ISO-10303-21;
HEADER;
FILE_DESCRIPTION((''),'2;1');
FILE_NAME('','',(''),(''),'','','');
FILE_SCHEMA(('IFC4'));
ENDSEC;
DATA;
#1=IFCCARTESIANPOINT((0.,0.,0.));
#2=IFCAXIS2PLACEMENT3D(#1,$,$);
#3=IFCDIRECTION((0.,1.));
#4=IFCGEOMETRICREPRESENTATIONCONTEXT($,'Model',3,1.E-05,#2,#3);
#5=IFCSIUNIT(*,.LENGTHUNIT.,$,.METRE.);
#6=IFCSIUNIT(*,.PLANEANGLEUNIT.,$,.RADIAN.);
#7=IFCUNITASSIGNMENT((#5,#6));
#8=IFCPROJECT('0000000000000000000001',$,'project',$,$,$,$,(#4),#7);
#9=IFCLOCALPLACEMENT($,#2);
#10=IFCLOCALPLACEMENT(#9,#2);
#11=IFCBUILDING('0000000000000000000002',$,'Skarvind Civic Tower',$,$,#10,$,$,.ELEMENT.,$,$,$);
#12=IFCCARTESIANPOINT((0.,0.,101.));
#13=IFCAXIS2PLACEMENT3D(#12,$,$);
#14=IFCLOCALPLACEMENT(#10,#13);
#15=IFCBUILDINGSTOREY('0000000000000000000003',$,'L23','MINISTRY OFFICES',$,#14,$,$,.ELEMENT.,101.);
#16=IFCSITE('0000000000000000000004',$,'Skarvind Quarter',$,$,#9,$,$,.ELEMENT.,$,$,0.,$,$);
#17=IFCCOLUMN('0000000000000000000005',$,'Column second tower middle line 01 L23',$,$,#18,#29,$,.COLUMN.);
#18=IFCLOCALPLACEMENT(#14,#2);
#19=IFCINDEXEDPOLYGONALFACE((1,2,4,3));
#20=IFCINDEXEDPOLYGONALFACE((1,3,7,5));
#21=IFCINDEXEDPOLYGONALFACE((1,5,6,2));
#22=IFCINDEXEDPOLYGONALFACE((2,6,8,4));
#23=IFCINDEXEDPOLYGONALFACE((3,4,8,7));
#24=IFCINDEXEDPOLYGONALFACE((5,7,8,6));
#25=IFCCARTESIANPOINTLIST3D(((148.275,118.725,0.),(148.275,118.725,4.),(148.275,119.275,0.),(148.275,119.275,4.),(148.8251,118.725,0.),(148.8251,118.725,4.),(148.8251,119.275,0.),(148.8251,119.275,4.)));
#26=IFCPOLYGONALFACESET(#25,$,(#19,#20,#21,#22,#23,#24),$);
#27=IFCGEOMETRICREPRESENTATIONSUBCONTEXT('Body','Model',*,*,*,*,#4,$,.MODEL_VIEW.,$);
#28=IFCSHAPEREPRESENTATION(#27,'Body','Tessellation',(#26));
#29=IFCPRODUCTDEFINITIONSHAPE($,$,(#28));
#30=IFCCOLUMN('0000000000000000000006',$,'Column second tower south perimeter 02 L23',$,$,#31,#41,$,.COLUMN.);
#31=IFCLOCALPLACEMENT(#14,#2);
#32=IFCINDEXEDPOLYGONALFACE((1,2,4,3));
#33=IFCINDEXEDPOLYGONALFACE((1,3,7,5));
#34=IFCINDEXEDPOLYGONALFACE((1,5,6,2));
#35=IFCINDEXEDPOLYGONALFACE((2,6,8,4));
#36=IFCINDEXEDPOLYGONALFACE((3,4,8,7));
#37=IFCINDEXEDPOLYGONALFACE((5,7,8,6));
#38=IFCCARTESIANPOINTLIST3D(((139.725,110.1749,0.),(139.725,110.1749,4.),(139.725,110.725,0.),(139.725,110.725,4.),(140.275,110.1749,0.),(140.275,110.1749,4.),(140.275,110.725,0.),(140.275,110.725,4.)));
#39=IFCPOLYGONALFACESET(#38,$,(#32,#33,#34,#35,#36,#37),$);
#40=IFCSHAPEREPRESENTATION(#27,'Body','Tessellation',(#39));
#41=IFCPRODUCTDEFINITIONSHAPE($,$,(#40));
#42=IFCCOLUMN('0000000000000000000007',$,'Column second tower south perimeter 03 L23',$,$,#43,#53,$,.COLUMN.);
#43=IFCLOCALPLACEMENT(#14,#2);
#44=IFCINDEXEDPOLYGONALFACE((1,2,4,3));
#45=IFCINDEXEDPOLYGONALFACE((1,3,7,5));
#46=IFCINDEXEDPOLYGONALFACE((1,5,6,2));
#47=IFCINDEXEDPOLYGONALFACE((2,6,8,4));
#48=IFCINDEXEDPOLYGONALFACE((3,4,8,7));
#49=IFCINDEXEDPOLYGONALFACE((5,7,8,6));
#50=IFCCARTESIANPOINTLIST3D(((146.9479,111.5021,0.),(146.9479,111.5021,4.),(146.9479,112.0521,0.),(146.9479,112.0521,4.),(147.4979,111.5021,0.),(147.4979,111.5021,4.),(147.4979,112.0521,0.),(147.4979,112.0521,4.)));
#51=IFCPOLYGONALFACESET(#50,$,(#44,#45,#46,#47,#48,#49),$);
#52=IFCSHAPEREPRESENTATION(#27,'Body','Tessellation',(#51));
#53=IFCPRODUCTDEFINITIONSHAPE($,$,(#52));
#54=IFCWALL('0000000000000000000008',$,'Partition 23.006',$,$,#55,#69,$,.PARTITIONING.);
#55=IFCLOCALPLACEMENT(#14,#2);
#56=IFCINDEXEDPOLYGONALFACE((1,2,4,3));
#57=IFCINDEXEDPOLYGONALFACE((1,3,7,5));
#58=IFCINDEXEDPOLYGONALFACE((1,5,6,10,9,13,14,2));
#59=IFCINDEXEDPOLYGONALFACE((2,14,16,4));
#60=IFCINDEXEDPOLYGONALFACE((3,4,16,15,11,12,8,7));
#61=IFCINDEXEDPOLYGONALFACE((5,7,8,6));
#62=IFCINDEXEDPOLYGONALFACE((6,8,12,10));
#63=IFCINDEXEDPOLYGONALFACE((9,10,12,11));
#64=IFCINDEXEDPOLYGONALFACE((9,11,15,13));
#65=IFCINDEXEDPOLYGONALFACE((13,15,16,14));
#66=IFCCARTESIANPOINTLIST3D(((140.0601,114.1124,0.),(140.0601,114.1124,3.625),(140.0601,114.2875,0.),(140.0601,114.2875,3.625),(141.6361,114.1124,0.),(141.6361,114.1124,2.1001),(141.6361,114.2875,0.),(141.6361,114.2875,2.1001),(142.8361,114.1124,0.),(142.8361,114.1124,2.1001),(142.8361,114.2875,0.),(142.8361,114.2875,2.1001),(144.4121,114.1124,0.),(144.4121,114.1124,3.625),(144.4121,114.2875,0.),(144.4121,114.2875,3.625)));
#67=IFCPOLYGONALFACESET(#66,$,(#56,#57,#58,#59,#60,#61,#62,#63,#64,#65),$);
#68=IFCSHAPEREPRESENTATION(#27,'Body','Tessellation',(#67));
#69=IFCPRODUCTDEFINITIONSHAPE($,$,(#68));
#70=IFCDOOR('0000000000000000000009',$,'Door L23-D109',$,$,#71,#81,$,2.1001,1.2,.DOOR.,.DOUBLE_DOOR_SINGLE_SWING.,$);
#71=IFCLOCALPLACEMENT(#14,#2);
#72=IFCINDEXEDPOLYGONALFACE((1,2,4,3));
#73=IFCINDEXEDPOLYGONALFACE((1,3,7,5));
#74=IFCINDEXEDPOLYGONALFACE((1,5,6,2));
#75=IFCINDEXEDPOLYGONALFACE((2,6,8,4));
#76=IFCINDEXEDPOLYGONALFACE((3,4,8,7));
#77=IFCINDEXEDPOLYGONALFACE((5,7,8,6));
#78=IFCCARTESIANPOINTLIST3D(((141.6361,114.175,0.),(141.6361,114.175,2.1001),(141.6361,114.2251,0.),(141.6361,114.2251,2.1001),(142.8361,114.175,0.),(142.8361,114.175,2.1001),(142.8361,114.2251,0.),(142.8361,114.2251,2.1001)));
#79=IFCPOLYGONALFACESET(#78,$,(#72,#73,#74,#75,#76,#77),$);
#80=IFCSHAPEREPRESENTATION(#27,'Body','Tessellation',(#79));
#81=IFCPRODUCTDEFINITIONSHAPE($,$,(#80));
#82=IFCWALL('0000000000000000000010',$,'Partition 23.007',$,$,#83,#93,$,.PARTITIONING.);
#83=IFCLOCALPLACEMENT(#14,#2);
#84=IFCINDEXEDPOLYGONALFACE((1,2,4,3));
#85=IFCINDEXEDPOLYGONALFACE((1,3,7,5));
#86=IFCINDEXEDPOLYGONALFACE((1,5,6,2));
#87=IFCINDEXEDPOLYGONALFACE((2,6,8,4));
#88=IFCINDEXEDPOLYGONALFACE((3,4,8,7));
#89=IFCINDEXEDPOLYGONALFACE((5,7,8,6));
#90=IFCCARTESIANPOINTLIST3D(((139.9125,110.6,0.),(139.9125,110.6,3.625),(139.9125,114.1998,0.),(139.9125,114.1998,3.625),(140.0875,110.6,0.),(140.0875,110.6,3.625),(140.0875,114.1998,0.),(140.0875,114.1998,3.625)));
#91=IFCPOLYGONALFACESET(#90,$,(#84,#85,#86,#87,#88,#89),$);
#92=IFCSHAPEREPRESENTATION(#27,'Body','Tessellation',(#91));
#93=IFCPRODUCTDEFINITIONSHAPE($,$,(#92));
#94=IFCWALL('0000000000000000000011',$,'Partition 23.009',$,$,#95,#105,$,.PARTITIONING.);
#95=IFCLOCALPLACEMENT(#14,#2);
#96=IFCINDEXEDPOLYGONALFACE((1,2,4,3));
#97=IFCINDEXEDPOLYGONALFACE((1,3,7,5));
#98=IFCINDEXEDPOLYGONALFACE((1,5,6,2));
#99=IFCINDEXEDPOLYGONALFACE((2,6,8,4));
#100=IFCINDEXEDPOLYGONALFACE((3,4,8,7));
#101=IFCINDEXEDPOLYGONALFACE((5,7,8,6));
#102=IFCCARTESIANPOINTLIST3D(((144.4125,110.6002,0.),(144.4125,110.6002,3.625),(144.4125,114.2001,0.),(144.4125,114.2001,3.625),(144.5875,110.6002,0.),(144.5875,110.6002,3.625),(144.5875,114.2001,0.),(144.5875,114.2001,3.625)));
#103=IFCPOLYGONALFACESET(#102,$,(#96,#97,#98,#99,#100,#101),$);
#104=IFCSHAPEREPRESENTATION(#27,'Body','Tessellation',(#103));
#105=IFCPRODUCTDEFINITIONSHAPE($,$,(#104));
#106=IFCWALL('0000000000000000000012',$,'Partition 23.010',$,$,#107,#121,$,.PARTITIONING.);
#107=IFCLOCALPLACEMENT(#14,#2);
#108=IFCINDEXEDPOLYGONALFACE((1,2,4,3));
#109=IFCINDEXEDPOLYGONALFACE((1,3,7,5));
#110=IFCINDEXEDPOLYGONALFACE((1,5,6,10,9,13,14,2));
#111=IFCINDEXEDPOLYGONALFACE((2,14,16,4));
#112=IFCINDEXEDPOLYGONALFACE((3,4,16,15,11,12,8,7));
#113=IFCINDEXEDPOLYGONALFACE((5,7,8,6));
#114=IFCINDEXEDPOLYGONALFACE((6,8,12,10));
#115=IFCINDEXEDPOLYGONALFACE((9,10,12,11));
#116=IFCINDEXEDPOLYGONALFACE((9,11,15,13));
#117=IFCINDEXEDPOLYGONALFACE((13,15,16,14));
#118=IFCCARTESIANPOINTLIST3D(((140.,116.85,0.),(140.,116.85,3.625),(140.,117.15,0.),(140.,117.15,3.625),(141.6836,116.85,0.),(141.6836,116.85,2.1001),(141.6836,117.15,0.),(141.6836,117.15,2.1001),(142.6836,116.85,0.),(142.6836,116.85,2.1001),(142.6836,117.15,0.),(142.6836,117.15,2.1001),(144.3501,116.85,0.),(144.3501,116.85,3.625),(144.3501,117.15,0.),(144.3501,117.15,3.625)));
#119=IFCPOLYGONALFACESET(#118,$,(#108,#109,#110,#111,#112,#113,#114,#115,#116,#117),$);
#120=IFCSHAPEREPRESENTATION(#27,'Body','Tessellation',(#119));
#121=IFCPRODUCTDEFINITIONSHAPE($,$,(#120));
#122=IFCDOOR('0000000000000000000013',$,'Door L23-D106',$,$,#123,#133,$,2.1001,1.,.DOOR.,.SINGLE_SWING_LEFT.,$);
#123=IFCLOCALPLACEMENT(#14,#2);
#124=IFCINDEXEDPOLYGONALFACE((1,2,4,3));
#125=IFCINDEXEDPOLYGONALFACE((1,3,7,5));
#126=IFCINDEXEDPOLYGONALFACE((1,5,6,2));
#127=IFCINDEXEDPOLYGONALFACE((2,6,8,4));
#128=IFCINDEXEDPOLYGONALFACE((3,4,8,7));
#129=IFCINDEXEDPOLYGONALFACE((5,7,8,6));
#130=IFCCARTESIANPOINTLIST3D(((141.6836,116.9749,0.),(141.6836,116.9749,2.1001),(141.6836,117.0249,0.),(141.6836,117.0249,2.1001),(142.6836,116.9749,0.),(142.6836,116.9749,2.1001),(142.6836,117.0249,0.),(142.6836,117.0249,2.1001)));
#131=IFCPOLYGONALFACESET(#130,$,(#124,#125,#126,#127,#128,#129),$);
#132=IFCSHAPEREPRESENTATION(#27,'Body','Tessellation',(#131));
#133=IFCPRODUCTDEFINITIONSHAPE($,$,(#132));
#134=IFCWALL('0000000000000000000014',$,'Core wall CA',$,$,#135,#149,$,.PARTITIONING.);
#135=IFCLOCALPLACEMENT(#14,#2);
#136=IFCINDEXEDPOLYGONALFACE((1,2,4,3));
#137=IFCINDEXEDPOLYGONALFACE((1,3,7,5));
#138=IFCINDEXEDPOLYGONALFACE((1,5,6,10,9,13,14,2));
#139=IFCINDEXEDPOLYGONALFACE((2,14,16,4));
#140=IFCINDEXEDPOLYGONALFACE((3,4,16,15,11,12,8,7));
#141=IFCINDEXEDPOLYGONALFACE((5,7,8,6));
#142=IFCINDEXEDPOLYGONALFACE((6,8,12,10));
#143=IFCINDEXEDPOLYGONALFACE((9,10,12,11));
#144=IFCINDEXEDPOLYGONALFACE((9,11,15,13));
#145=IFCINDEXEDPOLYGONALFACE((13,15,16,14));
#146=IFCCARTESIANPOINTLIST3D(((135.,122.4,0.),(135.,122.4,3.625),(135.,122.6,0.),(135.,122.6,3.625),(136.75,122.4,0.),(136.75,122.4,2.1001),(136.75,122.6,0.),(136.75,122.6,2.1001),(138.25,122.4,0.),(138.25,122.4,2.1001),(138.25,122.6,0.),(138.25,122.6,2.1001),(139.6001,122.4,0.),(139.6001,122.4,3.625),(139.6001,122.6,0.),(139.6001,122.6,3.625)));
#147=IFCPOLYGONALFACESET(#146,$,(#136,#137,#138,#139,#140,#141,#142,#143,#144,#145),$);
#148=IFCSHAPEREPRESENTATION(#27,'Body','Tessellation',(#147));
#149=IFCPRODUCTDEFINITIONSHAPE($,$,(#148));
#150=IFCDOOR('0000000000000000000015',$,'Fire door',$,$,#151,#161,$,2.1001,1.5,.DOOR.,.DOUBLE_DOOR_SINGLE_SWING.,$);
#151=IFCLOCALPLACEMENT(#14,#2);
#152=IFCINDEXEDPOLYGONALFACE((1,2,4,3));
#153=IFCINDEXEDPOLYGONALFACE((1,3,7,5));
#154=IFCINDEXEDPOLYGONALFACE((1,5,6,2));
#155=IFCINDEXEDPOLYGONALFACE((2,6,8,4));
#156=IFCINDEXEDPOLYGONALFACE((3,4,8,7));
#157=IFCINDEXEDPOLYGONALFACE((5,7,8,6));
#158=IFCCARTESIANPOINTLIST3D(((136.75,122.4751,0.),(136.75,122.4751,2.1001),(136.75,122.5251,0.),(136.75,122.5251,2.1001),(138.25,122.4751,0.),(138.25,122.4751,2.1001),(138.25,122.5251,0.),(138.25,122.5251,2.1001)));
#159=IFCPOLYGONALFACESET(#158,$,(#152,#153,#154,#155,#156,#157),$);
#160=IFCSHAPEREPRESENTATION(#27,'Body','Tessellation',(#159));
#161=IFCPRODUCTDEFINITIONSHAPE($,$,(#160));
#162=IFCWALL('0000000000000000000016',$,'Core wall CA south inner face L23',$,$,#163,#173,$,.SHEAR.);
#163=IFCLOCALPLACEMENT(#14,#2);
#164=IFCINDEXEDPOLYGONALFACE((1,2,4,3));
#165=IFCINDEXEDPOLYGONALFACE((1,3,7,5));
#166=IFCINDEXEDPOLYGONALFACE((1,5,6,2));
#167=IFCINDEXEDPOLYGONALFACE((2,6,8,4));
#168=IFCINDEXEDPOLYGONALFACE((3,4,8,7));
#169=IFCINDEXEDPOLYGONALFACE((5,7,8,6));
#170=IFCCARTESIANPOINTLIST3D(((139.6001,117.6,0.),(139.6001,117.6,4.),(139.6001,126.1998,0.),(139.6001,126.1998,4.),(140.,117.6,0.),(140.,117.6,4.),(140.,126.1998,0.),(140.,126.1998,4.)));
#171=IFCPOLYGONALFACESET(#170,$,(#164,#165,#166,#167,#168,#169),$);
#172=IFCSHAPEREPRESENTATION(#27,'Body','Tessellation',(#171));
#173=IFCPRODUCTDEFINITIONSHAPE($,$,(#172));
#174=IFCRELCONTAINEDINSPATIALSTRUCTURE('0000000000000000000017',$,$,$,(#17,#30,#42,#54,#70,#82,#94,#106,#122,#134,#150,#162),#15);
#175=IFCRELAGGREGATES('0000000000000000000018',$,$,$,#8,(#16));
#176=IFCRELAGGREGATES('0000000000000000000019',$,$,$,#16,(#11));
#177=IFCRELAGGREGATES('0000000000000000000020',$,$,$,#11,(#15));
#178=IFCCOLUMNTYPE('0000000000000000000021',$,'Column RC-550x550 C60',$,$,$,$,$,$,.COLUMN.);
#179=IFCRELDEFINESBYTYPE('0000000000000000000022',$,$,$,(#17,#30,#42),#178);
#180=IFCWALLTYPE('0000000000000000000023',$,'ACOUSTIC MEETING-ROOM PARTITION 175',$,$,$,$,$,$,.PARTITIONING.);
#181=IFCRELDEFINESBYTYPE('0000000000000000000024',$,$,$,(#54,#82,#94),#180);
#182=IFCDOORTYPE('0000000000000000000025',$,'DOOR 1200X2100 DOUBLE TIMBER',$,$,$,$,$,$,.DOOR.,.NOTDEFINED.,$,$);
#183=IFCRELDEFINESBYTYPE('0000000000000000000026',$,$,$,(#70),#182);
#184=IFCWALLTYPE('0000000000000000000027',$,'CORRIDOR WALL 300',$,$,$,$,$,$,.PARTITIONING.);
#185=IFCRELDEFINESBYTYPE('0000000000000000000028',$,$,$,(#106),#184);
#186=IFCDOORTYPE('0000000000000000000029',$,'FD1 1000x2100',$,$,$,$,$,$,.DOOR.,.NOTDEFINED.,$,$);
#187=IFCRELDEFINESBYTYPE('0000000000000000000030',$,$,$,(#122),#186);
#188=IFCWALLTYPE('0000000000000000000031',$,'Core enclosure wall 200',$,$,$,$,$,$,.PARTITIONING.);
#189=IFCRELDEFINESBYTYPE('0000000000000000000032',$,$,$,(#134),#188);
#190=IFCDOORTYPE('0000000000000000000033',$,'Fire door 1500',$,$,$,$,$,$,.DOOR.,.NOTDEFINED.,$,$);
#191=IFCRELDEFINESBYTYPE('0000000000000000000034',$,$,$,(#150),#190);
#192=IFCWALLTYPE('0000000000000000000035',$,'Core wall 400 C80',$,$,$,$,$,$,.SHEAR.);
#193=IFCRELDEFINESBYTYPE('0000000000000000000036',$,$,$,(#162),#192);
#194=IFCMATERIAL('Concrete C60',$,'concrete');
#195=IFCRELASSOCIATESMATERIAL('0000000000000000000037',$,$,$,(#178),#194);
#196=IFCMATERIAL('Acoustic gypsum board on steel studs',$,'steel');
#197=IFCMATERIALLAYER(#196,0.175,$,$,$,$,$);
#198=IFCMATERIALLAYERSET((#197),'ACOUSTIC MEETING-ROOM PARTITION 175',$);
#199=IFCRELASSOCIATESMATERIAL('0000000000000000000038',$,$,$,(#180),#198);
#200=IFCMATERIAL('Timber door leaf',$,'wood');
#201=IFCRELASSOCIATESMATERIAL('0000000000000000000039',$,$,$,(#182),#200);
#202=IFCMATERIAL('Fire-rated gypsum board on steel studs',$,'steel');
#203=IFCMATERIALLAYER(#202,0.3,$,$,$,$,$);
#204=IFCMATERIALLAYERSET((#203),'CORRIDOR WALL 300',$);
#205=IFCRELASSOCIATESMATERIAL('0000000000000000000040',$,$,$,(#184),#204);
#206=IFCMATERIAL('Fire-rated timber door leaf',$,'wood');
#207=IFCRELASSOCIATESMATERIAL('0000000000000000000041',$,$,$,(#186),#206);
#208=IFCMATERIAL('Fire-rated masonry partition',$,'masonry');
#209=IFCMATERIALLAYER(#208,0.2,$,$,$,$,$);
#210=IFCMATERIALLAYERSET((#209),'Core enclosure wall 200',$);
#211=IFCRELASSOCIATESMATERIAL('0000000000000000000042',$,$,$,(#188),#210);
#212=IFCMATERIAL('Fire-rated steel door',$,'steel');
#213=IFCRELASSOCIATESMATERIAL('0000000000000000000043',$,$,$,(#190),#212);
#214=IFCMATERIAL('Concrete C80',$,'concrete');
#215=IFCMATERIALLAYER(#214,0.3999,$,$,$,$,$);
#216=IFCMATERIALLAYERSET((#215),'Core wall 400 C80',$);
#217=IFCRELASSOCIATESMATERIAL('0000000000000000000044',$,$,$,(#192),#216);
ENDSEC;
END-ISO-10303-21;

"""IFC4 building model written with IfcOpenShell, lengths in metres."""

from ifc_helpers import new_model, si_unit, direction, frame, frame_2d, origin, origin_2d, place, context, subcontext, project, spatial, rectangle, extrude, material, layer, layer_set, material_profile, profile_set, type_object, element, fill, save


model = new_model("IFC4")

# Units and contexts
model_context = context("Model", 3, precision=1e-05, world=origin(), true_north=direction((0.0, 1.0)))
body_context = subcontext(model_context, "Body", "Model", "MODEL_VIEW")
ifc_project = project(units=[si_unit("LENGTHUNIT", "METRE"), si_unit("PLANEANGLEUNIT", "RADIAN")], contexts=[model_context])

# Site, building, storey
site_placement = place(None, origin())
site = spatial("IfcSite", under=ifc_project, at=site_placement, Name="Skarvind Quarter", CompositionType="ELEMENT", RefElevation=0.0)
building_placement = place(site_placement, origin())
building = spatial("IfcBuilding", under=site, at=building_placement, Name="Skarvind Civic Tower", CompositionType="ELEMENT")
storey_placement = place(building_placement, frame((0.0, 0.0, 101.0)))
storey = spatial("IfcBuildingStorey", under=building, at=storey_placement, Name="L23", Description="MINISTRY OFFICES", CompositionType="ELEMENT", Elevation=101.0)

# Columns
ifc_material_1 = material(Name="Concrete C60", Category="concrete")
ifc_material_profile = material_profile(ifc_material_1, rectangle(XDim=0.55, YDim=0.55, at=origin_2d()), Name="RC-550x550")
ifc_profile_set = profile_set([ifc_material_profile], Name="Concrete C60")
column_type = type_object("IfcColumnType", Name="Column RC-550x550 C60", PredefinedType="COLUMN", material=ifc_profile_set)
for number, where, z_axis, x_axis, name in (
    (1, (148.55, 119.0, 0.0), (0.0, 0.0, 1.0), (1.0, 0.0, 0.0), "Column second tower middle line 01 L23"),
    (2, (140.0, 110.45, 0.0), (0.0, 0.0, 1.0), (1.0, 0.0, 0.0), "Column second tower south perimeter 02 L23"),
    (3, (147.2229, 111.7771, 0.0), (0.0, 0.0, 1.0), (1.0, 0.0, 0.0), "Column second tower south perimeter 03 L23"),
):
    element("IfcColumn", number, at=place(storey_placement, frame(where, z_axis=z_axis, x_axis=x_axis)), inside=storey, type_object=column_type, Name=name, PredefinedType="COLUMN", context=body_context, shape_type="SweptSolid", body=[
        extrude(rectangle(XDim=0.55, YDim=0.55, at=origin_2d()), origin(), (0.0, 0.0, 1.0), 4.0),
    ])

# Wall, opening, door
ifc_material_2 = material(Name="Acoustic gypsum board on steel studs", Category="steel")
ifc_layer_1 = layer(ifc_material_2, 0.175)
ifc_layer_set_1 = layer_set([ifc_layer_1], Name="ACOUSTIC MEETING-ROOM PARTITION 175")
wall_type_1 = type_object("IfcWallType", Name="ACOUSTIC MEETING-ROOM PARTITION 175", PredefinedType="PARTITIONING", material=ifc_layer_set_1)
wall_1_placement = place(storey_placement, frame((144.4121, 114.2, 0.0), z_axis=(0.0, 0.0, 1.0), x_axis=(-1.0, 0.0, 0.0)))
wall_1 = element("IfcWall", 4, at=wall_1_placement, inside=storey, type_object=wall_type_1, Name="Partition 23.006", PredefinedType="PARTITIONING", context=body_context, shape_type="SweptSolid", body=[
    extrude(rectangle(XDim=4.3521, YDim=0.175, at=frame_2d((2.176, 0.0))), origin(), (0.0, 0.0, 1.0), 3.625),
])
opening_1_placement = place(wall_1_placement, frame((1.5759, 0.0, 0.0)))
opening_1 = element("IfcOpeningElement", 5, at=opening_1_placement, cuts=wall_1, PredefinedType="OPENING", context=body_context, shape_type="SweptSolid", body=[
    extrude(rectangle(XDim=1.2, YDim=2.1001, at=frame_2d((0.6001, 1.05))), frame((0.0, 0.0974, 0.0), z_axis=(0.0, -1.0, 0.0), x_axis=(1.0, 0.0, 0.0)), (0.0, 0.0, 1.0), 0.1951),
])
ifc_material_3 = material(Name="Timber door leaf", Category="wood")
door_type_1 = type_object("IfcDoorType", Name="DOOR 1200X2100 DOUBLE TIMBER", OperationType="NOTDEFINED", PredefinedType="DOOR", material=ifc_material_3)
door_1_placement = place(opening_1_placement, origin())
door_1 = element("IfcDoor", 6, at=door_1_placement, inside=storey, type_object=door_type_1, Name="Door L23-D109", OperationType="DOUBLE_DOOR_SINGLE_SWING", OverallHeight=2.1001, OverallWidth=1.2, PredefinedType="DOOR", context=body_context, shape_type="SweptSolid", body=[
    extrude(rectangle(XDim=1.2, YDim=2.1001, at=frame_2d((0.6001, 1.05))), frame((0.0, 0.0249, 0.0), z_axis=(0.0, -1.0, 0.0), x_axis=(1.0, 0.0, 0.0)), (0.0, 0.0, 1.0), 0.05),
])
fill(opening_1, door_1)

# Walls
for number, where, z_axis, x_axis, name in (
    (7, (140.0, 110.6001, 0.0), (0.0, 0.0, 1.0), (0.0, 1.0, 0.0), "Partition 23.007"),
    (8, (144.5, 114.2, 0.0), (0.0, 0.0, 1.0), (0.0, -1.0, 0.0), "Partition 23.009"),
):
    element("IfcWall", number, at=place(storey_placement, frame(where, z_axis=z_axis, x_axis=x_axis)), inside=storey, type_object=wall_type_1, Name=name, PredefinedType="PARTITIONING", context=body_context, shape_type="SweptSolid", body=[
        extrude(rectangle(XDim=3.5999, YDim=0.175, at=frame_2d((1.7998, 0.0))), origin(), (0.0, 0.0, 1.0), 3.625),
    ])

# Walls, openings, doors
ifc_material_4 = material(Name="Fire-rated gypsum board on steel studs", Category="steel")
ifc_layer_2 = layer(ifc_material_4, 0.3)
ifc_layer_set_2 = layer_set([ifc_layer_2], Name="CORRIDOR WALL 300")
wall_type_2 = type_object("IfcWallType", Name="CORRIDOR WALL 300", PredefinedType="PARTITIONING", material=ifc_layer_set_2)
wall_2_placement = place(storey_placement, frame((140.0, 117.0, 0.0), z_axis=(0.0, 0.0, 1.0), x_axis=(1.0, 0.0, 0.0)))
wall_2 = element("IfcWall", 9, at=wall_2_placement, inside=storey, type_object=wall_type_2, Name="Partition 23.010", PredefinedType="PARTITIONING", context=body_context, shape_type="SweptSolid", body=[
    extrude(rectangle(XDim=4.3501, YDim=0.3, at=frame_2d((2.175, 0.0))), origin(), (0.0, 0.0, 1.0), 3.625),
])
opening_2_placement = place(wall_2_placement, frame((1.6836, 0.0, 0.0)))
opening_2 = element("IfcOpeningElement", 10, at=opening_2_placement, cuts=wall_2, PredefinedType="OPENING", context=body_context, shape_type="SweptSolid", body=[
    extrude(rectangle(XDim=1.0, YDim=2.1001, at=frame_2d((0.5, 1.05))), frame((0.0, 0.1599, 0.0), z_axis=(0.0, -1.0, 0.0), x_axis=(1.0, 0.0, 0.0)), (0.0, 0.0, 1.0), 0.3201),
])
ifc_material_5 = material(Name="Fire-rated timber door leaf", Category="wood")
door_type_2 = type_object("IfcDoorType", Name="FD1 1000x2100", OperationType="NOTDEFINED", PredefinedType="DOOR", material=ifc_material_5)
door_2_placement = place(opening_2_placement, origin())
door_2 = element("IfcDoor", 11, at=door_2_placement, inside=storey, type_object=door_type_2, Name="Door L23-D106", OperationType="SINGLE_SWING_LEFT", OverallHeight=2.1001, OverallWidth=1.0, PredefinedType="DOOR", context=body_context, shape_type="SweptSolid", body=[
    extrude(rectangle(XDim=1.0, YDim=2.1001, at=frame_2d((0.5, 1.05))), frame((0.0, 0.0249, 0.0), z_axis=(0.0, -1.0, 0.0), x_axis=(1.0, 0.0, 0.0)), (0.0, 0.0, 1.0), 0.05),
])
fill(opening_2, door_2)
ifc_material_6 = material(Name="Fire-rated masonry partition", Category="masonry")
ifc_layer_3 = layer(ifc_material_6, 0.2)
ifc_layer_set_3 = layer_set([ifc_layer_3], Name="Core enclosure wall 200")
wall_type_3 = type_object("IfcWallType", Name="Core enclosure wall 200", PredefinedType="PARTITIONING", material=ifc_layer_set_3)
wall_3_placement = place(storey_placement, frame((139.6001, 122.5, 0.0), z_axis=(0.0, 0.0, 1.0), x_axis=(-1.0, 0.0, 0.0)))
wall_3 = element("IfcWall", 12, at=wall_3_placement, inside=storey, type_object=wall_type_3, Name="Core wall CA", PredefinedType="PARTITIONING", context=body_context, shape_type="SweptSolid", body=[
    extrude(rectangle(XDim=4.6001, YDim=0.2, at=frame_2d((2.3, 0.0))), origin(), (0.0, 0.0, 1.0), 3.625),
])
opening_3_placement = place(wall_3_placement, frame((1.3501, 0.0, 0.0)))
opening_3 = element("IfcOpeningElement", 13, at=opening_3_placement, cuts=wall_3, PredefinedType="OPENING", context=body_context, shape_type="SweptSolid", body=[
    extrude(rectangle(XDim=1.5, YDim=2.1001, at=frame_2d((0.75, 1.05))), frame((0.0, 0.1099, 0.0), z_axis=(0.0, -1.0, 0.0), x_axis=(1.0, 0.0, 0.0)), (0.0, 0.0, 1.0), 0.22),
])
ifc_material_7 = material(Name="Fire-rated steel door", Category="steel")
door_type_3 = type_object("IfcDoorType", Name="Fire door 1500", OperationType="NOTDEFINED", PredefinedType="DOOR", material=ifc_material_7)
door_3_placement = place(opening_3_placement, origin())
door_3 = element("IfcDoor", 14, at=door_3_placement, inside=storey, type_object=door_type_3, Name="Fire door", OperationType="DOUBLE_DOOR_SINGLE_SWING", OverallHeight=2.1001, OverallWidth=1.5, PredefinedType="DOOR", context=body_context, shape_type="SweptSolid", body=[
    extrude(rectangle(XDim=1.5, YDim=2.1001, at=frame_2d((0.75, 1.05))), frame((0.0, 0.0249, 0.0), z_axis=(0.0, -1.0, 0.0), x_axis=(1.0, 0.0, 0.0)), (0.0, 0.0, 1.0), 0.05),
])
fill(opening_3, door_3)

# Wall
ifc_material_8 = material(Name="Concrete C80", Category="concrete")
ifc_layer_4 = layer(ifc_material_8, 0.3999)
ifc_layer_set_4 = layer_set([ifc_layer_4], Name="Core wall 400 C80")
wall_type_4 = type_object("IfcWallType", Name="Core wall 400 C80", PredefinedType="SHEAR", material=ifc_layer_set_4)
wall_4_placement = place(storey_placement, frame((139.8, 117.6001, 0.0), z_axis=(0.0, 0.0, 1.0), x_axis=(0.0, 1.0, 0.0)))
element("IfcWall", 15, at=wall_4_placement, inside=storey, type_object=wall_type_4, Name="Core wall CA south inner face L23", PredefinedType="SHEAR", context=body_context, shape_type="SweptSolid", body=[
    extrude(rectangle(XDim=8.5999, YDim=0.3999, at=frame_2d((4.2998, 0.0))), origin(), (0.0, 0.0, 1.0), 4.0),
])

save(model, "model.ifc")
